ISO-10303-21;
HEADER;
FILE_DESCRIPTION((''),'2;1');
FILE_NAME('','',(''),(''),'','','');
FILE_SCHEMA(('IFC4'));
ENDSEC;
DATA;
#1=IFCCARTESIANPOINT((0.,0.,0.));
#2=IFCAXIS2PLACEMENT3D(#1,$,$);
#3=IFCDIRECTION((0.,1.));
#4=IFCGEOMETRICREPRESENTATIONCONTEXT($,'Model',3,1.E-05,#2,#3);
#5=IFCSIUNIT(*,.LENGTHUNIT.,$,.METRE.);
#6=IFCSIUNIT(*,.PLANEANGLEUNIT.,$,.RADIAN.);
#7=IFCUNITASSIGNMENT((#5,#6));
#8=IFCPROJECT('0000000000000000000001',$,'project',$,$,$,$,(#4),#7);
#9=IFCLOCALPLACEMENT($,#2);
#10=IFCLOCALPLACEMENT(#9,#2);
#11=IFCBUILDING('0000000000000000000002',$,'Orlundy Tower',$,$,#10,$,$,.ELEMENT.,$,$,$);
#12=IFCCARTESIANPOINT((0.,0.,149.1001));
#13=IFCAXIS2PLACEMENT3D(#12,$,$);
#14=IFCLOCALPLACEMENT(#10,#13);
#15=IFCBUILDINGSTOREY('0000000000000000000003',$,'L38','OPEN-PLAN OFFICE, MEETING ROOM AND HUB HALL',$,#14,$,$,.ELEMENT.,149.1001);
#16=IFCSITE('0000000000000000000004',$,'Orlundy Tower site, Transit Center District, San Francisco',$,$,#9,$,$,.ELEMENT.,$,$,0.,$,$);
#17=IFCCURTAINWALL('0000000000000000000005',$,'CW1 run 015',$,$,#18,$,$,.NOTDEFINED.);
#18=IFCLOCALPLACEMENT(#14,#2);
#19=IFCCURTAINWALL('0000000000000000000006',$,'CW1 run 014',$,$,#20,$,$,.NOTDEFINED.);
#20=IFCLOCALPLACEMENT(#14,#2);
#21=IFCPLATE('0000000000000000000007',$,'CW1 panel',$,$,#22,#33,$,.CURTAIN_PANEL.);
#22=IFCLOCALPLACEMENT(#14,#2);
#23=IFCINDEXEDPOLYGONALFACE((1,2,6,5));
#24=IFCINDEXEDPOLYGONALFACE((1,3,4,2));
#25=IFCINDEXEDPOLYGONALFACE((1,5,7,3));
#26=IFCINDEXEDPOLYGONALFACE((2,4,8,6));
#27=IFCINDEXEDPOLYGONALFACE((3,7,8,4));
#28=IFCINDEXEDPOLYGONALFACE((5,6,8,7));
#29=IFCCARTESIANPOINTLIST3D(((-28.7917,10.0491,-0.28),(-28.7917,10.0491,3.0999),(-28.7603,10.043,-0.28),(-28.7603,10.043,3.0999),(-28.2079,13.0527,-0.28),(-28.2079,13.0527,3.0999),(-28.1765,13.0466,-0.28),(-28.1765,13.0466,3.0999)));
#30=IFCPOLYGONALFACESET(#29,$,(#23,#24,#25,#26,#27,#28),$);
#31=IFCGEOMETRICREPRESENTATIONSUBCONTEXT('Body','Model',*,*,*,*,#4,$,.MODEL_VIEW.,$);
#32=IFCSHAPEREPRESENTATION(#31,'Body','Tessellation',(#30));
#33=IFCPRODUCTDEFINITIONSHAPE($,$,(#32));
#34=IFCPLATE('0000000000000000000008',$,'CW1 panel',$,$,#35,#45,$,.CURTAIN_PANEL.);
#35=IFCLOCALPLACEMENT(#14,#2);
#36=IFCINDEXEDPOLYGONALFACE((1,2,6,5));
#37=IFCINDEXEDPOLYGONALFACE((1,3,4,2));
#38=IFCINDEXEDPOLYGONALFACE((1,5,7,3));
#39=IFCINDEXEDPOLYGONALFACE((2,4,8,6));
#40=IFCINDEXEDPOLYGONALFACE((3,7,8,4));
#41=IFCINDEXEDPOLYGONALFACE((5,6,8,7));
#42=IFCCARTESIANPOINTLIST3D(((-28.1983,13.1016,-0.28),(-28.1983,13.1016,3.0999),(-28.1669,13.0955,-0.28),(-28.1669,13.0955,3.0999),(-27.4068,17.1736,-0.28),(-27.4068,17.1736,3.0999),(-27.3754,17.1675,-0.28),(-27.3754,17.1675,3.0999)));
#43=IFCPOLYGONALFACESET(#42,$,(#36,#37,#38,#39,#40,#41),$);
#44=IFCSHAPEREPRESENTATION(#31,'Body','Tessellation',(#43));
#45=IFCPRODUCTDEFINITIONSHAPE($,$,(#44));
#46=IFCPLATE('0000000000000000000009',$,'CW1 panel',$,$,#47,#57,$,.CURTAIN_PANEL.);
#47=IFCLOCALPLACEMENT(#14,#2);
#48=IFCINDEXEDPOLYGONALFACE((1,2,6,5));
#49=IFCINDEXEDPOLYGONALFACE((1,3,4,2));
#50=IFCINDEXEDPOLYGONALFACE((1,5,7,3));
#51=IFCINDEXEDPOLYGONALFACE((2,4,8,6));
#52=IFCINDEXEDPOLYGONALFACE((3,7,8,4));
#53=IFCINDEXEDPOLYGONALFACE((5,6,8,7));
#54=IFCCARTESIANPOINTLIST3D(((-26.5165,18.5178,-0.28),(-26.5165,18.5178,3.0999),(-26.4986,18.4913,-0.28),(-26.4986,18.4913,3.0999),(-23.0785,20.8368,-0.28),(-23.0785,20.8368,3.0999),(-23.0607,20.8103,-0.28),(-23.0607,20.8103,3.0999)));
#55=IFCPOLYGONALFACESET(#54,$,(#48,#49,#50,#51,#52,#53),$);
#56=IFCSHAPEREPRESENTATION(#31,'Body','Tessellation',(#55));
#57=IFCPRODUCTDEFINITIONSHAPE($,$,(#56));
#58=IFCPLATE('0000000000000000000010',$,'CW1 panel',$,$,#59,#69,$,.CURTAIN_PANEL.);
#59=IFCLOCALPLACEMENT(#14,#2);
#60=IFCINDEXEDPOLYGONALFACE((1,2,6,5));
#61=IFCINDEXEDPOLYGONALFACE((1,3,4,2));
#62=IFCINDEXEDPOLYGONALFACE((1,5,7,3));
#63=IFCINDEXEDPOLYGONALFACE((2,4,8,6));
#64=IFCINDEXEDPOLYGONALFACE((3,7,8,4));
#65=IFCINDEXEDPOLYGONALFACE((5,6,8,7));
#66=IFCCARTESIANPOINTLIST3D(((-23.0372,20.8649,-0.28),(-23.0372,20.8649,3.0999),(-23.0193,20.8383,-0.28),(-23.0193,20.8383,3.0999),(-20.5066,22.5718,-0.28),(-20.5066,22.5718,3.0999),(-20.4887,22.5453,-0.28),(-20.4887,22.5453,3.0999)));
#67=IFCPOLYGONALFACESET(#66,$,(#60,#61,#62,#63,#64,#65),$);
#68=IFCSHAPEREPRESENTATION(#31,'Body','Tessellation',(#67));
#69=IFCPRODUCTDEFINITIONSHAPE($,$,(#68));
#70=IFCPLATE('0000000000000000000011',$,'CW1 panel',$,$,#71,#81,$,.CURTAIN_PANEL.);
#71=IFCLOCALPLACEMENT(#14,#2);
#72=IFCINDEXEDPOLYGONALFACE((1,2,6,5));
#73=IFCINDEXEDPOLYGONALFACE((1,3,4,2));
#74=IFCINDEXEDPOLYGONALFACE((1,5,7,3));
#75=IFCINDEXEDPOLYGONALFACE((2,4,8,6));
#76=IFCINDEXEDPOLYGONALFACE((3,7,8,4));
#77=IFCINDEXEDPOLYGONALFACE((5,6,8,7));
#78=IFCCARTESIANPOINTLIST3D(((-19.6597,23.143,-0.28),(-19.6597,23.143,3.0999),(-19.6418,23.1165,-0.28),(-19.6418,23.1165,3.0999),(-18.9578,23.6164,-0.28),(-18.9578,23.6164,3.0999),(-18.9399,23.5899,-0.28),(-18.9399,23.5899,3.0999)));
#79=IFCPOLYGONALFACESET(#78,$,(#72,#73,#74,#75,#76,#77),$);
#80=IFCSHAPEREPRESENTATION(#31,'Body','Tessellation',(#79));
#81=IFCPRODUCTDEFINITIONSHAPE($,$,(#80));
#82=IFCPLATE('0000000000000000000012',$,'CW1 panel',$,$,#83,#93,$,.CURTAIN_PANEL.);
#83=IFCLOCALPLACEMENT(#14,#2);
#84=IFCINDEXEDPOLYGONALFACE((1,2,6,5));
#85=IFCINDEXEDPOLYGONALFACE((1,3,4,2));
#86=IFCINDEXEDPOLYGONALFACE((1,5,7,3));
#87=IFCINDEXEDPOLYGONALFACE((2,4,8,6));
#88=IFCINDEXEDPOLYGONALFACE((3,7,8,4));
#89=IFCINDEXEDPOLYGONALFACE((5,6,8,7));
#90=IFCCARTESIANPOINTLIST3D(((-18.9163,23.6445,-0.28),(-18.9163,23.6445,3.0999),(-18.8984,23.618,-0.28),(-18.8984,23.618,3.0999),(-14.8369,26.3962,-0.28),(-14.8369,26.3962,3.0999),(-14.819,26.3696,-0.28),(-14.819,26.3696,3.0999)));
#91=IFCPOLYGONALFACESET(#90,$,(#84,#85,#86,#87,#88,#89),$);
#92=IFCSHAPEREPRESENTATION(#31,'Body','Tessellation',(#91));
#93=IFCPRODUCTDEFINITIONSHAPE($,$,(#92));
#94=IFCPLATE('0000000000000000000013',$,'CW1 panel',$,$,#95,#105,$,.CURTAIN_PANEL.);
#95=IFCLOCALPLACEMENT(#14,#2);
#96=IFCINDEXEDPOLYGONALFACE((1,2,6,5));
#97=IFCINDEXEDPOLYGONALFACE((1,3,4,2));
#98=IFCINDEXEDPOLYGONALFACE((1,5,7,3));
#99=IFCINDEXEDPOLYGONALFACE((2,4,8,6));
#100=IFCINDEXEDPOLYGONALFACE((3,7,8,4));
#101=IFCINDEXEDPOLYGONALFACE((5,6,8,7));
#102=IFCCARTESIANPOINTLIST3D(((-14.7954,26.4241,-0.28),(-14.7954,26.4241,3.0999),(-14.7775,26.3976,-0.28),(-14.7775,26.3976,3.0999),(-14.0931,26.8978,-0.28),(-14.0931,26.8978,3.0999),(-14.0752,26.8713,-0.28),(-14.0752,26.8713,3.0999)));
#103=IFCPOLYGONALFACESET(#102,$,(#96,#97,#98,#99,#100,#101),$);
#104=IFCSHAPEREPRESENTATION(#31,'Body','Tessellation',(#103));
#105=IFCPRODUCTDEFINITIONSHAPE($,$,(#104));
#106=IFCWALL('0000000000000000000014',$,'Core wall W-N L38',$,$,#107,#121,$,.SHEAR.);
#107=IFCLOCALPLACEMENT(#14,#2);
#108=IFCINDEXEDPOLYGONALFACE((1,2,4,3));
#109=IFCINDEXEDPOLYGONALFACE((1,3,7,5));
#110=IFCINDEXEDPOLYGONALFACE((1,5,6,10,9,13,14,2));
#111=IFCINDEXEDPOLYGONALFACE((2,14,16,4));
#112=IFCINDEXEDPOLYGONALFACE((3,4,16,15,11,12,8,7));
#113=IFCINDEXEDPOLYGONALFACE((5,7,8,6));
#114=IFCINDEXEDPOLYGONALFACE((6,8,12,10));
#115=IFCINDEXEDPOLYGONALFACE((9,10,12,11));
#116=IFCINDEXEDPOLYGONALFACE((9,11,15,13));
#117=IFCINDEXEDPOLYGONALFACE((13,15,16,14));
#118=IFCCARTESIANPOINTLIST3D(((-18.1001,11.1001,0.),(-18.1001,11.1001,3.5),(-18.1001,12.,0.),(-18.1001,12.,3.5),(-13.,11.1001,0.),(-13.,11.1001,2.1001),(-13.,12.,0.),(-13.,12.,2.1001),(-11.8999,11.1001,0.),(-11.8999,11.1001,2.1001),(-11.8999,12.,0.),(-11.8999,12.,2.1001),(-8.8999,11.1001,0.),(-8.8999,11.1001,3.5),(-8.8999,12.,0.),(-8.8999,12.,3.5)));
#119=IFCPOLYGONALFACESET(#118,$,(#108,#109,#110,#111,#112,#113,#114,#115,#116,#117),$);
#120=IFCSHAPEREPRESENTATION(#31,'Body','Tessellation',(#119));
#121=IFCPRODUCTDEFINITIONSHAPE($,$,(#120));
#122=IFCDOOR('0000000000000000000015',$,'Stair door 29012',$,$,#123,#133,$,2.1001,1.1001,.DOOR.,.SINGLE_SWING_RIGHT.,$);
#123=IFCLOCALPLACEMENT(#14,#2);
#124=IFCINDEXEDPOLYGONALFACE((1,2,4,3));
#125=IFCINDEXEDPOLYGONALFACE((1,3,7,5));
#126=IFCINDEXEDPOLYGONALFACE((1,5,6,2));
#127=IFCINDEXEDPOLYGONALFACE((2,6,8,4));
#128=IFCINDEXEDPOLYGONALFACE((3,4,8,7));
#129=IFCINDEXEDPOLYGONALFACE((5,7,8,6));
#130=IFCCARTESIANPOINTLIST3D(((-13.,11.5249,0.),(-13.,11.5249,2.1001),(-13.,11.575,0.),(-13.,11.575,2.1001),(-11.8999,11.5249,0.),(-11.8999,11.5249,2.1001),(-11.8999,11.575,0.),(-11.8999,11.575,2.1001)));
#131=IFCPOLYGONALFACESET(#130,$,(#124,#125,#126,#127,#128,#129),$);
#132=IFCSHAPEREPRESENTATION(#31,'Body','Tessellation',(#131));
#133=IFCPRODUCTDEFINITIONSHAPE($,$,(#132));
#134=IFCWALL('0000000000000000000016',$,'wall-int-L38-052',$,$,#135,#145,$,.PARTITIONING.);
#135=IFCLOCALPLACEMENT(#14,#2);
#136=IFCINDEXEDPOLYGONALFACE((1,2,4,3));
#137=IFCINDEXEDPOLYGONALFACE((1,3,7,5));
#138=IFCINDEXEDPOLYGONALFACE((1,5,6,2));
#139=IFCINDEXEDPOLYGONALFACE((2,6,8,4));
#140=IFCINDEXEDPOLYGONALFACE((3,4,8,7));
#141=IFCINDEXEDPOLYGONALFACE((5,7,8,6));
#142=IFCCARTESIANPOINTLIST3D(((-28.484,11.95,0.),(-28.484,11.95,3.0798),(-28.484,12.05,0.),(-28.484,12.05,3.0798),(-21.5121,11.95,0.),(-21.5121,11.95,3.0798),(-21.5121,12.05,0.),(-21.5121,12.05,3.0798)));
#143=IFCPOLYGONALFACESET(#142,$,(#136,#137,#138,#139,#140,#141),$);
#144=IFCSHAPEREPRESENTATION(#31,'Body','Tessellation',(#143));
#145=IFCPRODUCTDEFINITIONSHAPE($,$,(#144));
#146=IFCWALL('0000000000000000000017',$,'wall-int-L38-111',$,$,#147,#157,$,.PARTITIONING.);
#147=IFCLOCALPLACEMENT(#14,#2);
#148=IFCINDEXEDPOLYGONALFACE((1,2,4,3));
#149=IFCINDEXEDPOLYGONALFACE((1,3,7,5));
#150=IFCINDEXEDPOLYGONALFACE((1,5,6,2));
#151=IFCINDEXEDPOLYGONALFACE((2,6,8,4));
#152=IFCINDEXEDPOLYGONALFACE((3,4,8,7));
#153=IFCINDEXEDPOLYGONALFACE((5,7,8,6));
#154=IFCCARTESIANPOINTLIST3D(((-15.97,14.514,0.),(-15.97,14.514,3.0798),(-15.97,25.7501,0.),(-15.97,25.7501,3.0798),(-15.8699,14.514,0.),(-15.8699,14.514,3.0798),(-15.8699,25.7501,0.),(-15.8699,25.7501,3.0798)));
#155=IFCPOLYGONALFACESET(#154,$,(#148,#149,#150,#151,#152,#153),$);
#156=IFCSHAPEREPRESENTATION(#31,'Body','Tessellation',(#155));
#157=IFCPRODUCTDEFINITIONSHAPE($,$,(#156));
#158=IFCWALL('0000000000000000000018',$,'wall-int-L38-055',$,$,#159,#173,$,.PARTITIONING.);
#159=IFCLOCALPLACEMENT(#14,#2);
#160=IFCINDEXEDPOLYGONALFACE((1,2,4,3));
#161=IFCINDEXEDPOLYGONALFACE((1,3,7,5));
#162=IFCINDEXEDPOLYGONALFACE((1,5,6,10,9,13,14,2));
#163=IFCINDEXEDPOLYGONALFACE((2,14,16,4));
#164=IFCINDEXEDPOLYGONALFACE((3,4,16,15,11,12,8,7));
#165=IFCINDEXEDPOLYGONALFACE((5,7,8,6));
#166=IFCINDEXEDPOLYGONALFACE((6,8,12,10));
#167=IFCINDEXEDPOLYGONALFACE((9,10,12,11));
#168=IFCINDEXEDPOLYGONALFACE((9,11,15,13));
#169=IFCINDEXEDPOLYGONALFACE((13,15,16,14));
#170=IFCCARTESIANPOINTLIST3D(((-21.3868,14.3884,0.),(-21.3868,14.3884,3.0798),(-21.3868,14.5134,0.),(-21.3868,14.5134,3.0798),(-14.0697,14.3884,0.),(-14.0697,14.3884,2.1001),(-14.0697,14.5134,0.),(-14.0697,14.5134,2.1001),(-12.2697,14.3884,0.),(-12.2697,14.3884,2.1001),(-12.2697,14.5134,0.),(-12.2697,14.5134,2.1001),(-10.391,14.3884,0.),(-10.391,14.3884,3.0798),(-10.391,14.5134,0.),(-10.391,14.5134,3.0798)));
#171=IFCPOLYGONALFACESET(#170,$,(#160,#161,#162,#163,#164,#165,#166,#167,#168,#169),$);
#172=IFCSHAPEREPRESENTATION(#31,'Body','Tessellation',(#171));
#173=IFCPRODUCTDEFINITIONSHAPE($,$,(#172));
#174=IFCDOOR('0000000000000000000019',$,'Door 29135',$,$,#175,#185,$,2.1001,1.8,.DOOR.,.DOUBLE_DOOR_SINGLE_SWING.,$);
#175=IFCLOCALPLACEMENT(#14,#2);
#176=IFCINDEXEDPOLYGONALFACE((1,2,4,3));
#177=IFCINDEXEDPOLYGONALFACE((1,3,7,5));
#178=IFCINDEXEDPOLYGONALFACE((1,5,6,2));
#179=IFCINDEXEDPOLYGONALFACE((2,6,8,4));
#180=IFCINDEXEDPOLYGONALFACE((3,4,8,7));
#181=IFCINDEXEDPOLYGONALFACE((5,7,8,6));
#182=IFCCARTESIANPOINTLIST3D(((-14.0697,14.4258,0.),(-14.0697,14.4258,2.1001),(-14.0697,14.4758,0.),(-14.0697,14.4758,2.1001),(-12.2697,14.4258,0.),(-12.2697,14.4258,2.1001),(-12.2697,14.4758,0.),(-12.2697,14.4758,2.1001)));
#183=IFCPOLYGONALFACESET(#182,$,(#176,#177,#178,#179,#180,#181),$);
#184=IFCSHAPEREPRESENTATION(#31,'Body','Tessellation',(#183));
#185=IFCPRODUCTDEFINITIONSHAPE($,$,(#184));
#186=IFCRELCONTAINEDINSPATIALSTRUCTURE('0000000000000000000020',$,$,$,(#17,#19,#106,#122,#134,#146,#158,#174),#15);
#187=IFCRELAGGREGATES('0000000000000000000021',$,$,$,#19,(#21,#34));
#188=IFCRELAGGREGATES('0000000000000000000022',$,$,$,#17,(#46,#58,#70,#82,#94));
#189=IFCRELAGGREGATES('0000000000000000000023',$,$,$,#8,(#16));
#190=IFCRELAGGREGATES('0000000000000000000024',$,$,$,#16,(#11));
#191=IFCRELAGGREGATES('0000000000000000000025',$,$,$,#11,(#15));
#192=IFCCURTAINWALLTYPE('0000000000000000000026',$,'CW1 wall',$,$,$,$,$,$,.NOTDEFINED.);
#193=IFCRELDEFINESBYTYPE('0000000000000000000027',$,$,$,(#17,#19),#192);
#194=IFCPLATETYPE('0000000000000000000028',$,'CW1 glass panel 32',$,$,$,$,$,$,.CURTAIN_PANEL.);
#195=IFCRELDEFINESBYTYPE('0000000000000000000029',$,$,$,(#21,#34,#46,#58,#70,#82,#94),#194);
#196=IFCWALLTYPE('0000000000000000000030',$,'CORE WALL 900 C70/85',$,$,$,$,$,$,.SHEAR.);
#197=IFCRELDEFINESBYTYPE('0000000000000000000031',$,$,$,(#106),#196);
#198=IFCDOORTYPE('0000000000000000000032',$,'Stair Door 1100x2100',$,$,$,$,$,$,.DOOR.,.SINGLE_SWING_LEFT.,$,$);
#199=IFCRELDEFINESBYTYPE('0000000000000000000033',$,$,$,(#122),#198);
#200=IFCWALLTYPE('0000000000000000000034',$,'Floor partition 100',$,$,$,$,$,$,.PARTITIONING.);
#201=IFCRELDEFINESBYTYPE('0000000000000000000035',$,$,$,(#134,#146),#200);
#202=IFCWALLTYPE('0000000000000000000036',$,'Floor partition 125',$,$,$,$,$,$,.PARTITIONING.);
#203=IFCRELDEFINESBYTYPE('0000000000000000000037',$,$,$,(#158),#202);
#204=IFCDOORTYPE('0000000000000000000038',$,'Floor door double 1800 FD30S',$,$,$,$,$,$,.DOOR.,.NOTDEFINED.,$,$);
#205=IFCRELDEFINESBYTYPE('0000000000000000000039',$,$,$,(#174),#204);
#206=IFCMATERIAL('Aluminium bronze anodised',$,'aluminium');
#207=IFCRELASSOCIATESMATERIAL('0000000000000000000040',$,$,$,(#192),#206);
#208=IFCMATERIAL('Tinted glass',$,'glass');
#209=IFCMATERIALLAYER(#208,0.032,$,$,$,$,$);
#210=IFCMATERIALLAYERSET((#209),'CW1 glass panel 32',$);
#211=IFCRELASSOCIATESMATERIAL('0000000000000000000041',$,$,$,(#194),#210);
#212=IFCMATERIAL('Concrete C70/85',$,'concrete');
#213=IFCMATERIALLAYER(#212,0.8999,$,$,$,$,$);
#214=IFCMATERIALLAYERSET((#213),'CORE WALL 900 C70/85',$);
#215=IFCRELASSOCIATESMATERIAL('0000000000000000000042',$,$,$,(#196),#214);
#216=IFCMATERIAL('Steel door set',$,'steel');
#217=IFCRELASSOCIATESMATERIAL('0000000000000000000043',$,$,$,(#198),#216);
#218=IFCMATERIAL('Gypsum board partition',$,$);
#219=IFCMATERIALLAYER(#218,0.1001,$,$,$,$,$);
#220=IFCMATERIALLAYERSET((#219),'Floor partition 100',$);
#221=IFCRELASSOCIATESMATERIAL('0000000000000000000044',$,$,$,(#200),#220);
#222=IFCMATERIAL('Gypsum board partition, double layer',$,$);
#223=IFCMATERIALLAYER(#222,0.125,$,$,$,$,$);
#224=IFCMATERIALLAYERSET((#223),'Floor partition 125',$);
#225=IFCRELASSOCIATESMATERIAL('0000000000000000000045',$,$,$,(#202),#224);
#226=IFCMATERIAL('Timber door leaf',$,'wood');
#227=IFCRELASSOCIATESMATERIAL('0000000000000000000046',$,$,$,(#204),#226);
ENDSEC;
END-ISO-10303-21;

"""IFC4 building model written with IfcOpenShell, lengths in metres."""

from ifc_helpers import new_model, si_unit, direction, frame, frame_2d, origin, origin_2d, place, context, subcontext, project, spatial, rectangle, extrude, material, layer, layer_set, type_object, element, fill, aggregate, save


model = new_model("IFC4")

# Units and contexts
model_context = context("Model", 3, precision=1e-05, world=origin(), true_north=direction((0.0, 1.0)))
body_context = subcontext(model_context, "Body", "Model", "MODEL_VIEW")
ifc_project = project(units=[si_unit("LENGTHUNIT", "METRE"), si_unit("PLANEANGLEUNIT", "RADIAN")], contexts=[model_context])

# Site, building, storey
site_placement = place(None, origin())
site = spatial("IfcSite", under=ifc_project, at=site_placement, Name="Orlundy Tower site, Transit Center District, San Francisco", CompositionType="ELEMENT", RefElevation=0.0)
building_placement = place(site_placement, origin())
building = spatial("IfcBuilding", under=site, at=building_placement, Name="Orlundy Tower", CompositionType="ELEMENT")
storey_placement = place(building_placement, frame((0.0, 0.0, 149.1001)))
storey = spatial("IfcBuildingStorey", under=building, at=storey_placement, Name="L38", Description="OPEN-PLAN OFFICE, MEETING ROOM AND HUB HALL", CompositionType="ELEMENT", Elevation=149.1001)

# Curtain wall
ifc_material_1 = material(Name="Aluminium bronze anodised", Category="aluminium")
curtain_wall_type = type_object("IfcCurtainWallType", Name="CW1 wall", PredefinedType="NOTDEFINED", material=ifc_material_1)
curtain_wall_1_placement = place(storey_placement, origin())
curtain_wall_1 = element("IfcCurtainWall", 1, at=curtain_wall_1_placement, inside=storey, type_object=curtain_wall_type, Name="CW1 run 015", PredefinedType="NOTDEFINED")

# Curtain wall
curtain_wall_2_placement = place(storey_placement, origin())
curtain_wall_2 = element("IfcCurtainWall", 2, at=curtain_wall_2_placement, inside=storey, type_object=curtain_wall_type, Name="CW1 run 014", PredefinedType="NOTDEFINED")

# Plates
ifc_material_2 = material(Name="Tinted glass", Category="glass")
ifc_layer_1 = layer(ifc_material_2, 0.032)
ifc_layer_set_1 = layer_set([ifc_layer_1], Name="CW1 glass panel 32")
plate_type = type_object("IfcPlateType", Name="CW1 glass panel 32", PredefinedType="CURTAIN_PANEL", material=ifc_layer_set_1)
plate_1_placement = place(storey_placement, frame((-28.4841, 11.5479, -0.28), z_axis=(0.0, 0.0, 1.0), x_axis=(0.190805, 0.981628, 0.0)))
plate_1 = element("IfcPlate", 3, at=plate_1_placement, type_object=plate_type, Name="CW1 panel", PredefinedType="CURTAIN_PANEL", context=body_context, shape_type="SweptSolid", body=[
    extrude(rectangle(XDim=3.0598, YDim=0.032, at=origin_2d()), origin(), (0.0, 0.0, 1.0), 3.3799),
])
plate_2_placement = place(storey_placement, frame((-27.7869, 15.1345, -0.28), z_axis=(0.0, 0.0, 1.0), x_axis=(0.190805, 0.981628, 0.0)))
plate_2 = element("IfcPlate", 4, at=plate_2_placement, type_object=plate_type, Name="CW1 panel", PredefinedType="CURTAIN_PANEL", context=body_context, shape_type="SweptSolid", body=[
    extrude(rectangle(XDim=4.1482, YDim=0.032, at=origin_2d()), origin(), (0.0, 0.0, 1.0), 3.3799),
])
aggregate(curtain_wall_2, [plate_1, plate_2])
plate_3_placement = place(storey_placement, frame((-24.7886, 19.6641, -0.28), z_axis=(0.0, 0.0, 1.0), x_axis=(0.82903, 0.559205, 0.0)))
plate_3 = element("IfcPlate", 5, at=plate_3_placement, type_object=plate_type, Name="CW1 panel", PredefinedType="CURTAIN_PANEL", context=body_context, shape_type="SweptSolid", body=[
    extrude(rectangle(XDim=4.147, YDim=0.032, at=origin_2d()), origin(), (0.0, 0.0, 1.0), 3.3799),
])
plate_4_placement = place(storey_placement, frame((-21.7629, 21.7051, -0.28), z_axis=(0.0, 0.0, 1.0), x_axis=(0.82903, 0.559205, 0.0)))
plate_4 = element("IfcPlate", 6, at=plate_4_placement, type_object=plate_type, Name="CW1 panel", PredefinedType="CURTAIN_PANEL", context=body_context, shape_type="SweptSolid", body=[
    extrude(rectangle(XDim=3.0525, YDim=0.032, at=origin_2d()), origin(), (0.0, 0.0, 1.0), 3.3799),
])
plate_5_placement = place(storey_placement, frame((-19.2998, 23.3665, -0.28), z_axis=(0.0, 0.0, 1.0), x_axis=(0.82903, 0.559205, 0.0)))
plate_5 = element("IfcPlate", 7, at=plate_5_placement, type_object=plate_type, Name="CW1 panel", PredefinedType="CURTAIN_PANEL", context=body_context, shape_type="SweptSolid", body=[
    extrude(rectangle(XDim=0.8467, YDim=0.032, at=origin_2d()), origin(), (0.0, 0.0, 1.0), 3.3799),
])
plate_6_placement = place(storey_placement, frame((-16.8677, 25.0071, -0.28), z_axis=(0.0, 0.0, 1.0), x_axis=(0.82903, 0.559205, 0.0)))
plate_6 = element("IfcPlate", 8, at=plate_6_placement, type_object=plate_type, Name="CW1 panel", PredefinedType="CURTAIN_PANEL", context=body_context, shape_type="SweptSolid", body=[
    extrude(rectangle(XDim=4.9207, YDim=0.032, at=origin_2d()), origin(), (0.0, 0.0, 1.0), 3.3799),
])
plate_7_placement = place(storey_placement, frame((-14.4353, 26.6477, -0.28), z_axis=(0.0, 0.0, 1.0), x_axis=(0.82903, 0.559205, 0.0)))
plate_7 = element("IfcPlate", 9, at=plate_7_placement, type_object=plate_type, Name="CW1 panel", PredefinedType="CURTAIN_PANEL", context=body_context, shape_type="SweptSolid", body=[
    extrude(rectangle(XDim=0.8472, YDim=0.032, at=origin_2d()), origin(), (0.0, 0.0, 1.0), 3.3799),
])
aggregate(curtain_wall_1, [plate_3, plate_4, plate_5, plate_6, plate_7])

# Wall, opening, door
ifc_material_3 = material(Name="Concrete C70/85", Category="concrete")
ifc_layer_2 = layer(ifc_material_3, 0.8999)
ifc_layer_set_2 = layer_set([ifc_layer_2], Name="CORE WALL 900 C70/85")
wall_type_1 = type_object("IfcWallType", Name="CORE WALL 900 C70/85", PredefinedType="SHEAR", material=ifc_layer_set_2)
wall_1_placement = place(storey_placement, frame((-18.1001, 11.55, 0.0), z_axis=(0.0, 0.0, 1.0), x_axis=(1.0, 0.0, 0.0)))
wall_1 = element("IfcWall", 10, at=wall_1_placement, inside=storey, type_object=wall_type_1, Name="Core wall W-N L38", PredefinedType="SHEAR", context=body_context, shape_type="SweptSolid", body=[
    extrude(rectangle(XDim=9.2002, YDim=0.8999, at=frame_2d((4.6001, 0.0))), origin(), (0.0, 0.0, 1.0), 3.5),
])
opening_1_placement = place(wall_1_placement, frame((5.1001, 0.0, 0.0)))
opening_1 = element("IfcOpeningElement", 11, at=opening_1_placement, cuts=wall_1, PredefinedType="OPENING", context=body_context, shape_type="SweptSolid", body=[
    extrude(rectangle(XDim=1.1001, YDim=2.1001, at=frame_2d((0.55, 1.05))), frame((0.0, 0.46, 0.0), z_axis=(0.0, -1.0, 0.0), x_axis=(1.0, 0.0, 0.0)), (0.0, 0.0, 1.0), 0.9199),
])
ifc_material_4 = material(Name="Steel door set", Category="steel")
door_type_1 = type_object("IfcDoorType", Name="Stair Door 1100x2100", OperationType="SINGLE_SWING_LEFT", PredefinedType="DOOR", material=ifc_material_4)
door_1_placement = place(opening_1_placement, origin())
door_1 = element("IfcDoor", 12, at=door_1_placement, inside=storey, type_object=door_type_1, Name="Stair door 29012", OperationType="SINGLE_SWING_RIGHT", OverallHeight=2.1001, OverallWidth=1.1001, PredefinedType="DOOR", context=body_context, shape_type="SweptSolid", body=[
    extrude(rectangle(XDim=1.1001, YDim=2.1001, at=frame_2d((0.55, 1.05))), frame((0.0, 0.0249, 0.0), z_axis=(0.0, -1.0, 0.0), x_axis=(1.0, 0.0, 0.0)), (0.0, 0.0, 1.0), 0.05),
])
fill(opening_1, door_1)

# Walls
ifc_material_5 = material(Name="Gypsum board partition")
ifc_layer_3 = layer(ifc_material_5, 0.1001)
ifc_layer_set_3 = layer_set([ifc_layer_3], Name="Floor partition 100")
wall_type_2 = type_object("IfcWallType", Name="Floor partition 100", PredefinedType="PARTITIONING", material=ifc_layer_set_3)
wall_2_placement = place(storey_placement, frame((-28.4839, 12.0, 0.0), z_axis=(0.0, 0.0, 1.0), x_axis=(1.0, 0.0, 0.0)))
element("IfcWall", 13, at=wall_2_placement, inside=storey, type_object=wall_type_2, Name="wall-int-L38-052", PredefinedType="PARTITIONING", context=body_context, shape_type="SweptSolid", body=[
    extrude(rectangle(XDim=6.9719, YDim=0.1001, at=frame_2d((3.4858, 0.0))), origin(), (0.0, 0.0, 1.0), 3.0798),
])
wall_3_placement = place(storey_placement, frame((-15.9199, 14.5139, 0.0), z_axis=(0.0, 0.0, 1.0), x_axis=(0.0, 1.0, 0.0)))
element("IfcWall", 14, at=wall_3_placement, inside=storey, type_object=wall_type_2, Name="wall-int-L38-111", PredefinedType="PARTITIONING", context=body_context, shape_type="SweptSolid", body=[
    extrude(rectangle(XDim=11.2361, YDim=0.1001, at=frame_2d((5.6182, 0.0))), origin(), (0.0, 0.0, 1.0), 3.0798),
])

# Wall, opening, door
ifc_material_6 = material(Name="Gypsum board partition, double layer")
ifc_layer_4 = layer(ifc_material_6, 0.125)
ifc_layer_set_4 = layer_set([ifc_layer_4], Name="Floor partition 125")
wall_type_3 = type_object("IfcWallType", Name="Floor partition 125", PredefinedType="PARTITIONING", material=ifc_layer_set_4)
wall_4_placement = place(storey_placement, frame((-21.387, 14.4509, 0.0), z_axis=(0.0, 0.0, 1.0), x_axis=(1.0, 0.0, 0.0)))
wall_4 = element("IfcWall", 15, at=wall_4_placement, inside=storey, type_object=wall_type_3, Name="wall-int-L38-055", PredefinedType="PARTITIONING", context=body_context, shape_type="SweptSolid", body=[
    extrude(rectangle(XDim=10.9958, YDim=0.125, at=frame_2d((5.498, 0.0))), origin(), (0.0, 0.0, 1.0), 3.0798),
])
opening_2_placement = place(wall_4_placement, frame((7.3174, 0.0, 0.0)))
opening_2 = element("IfcOpeningElement", 16, at=opening_2_placement, cuts=wall_4, PredefinedType="OPENING", context=body_context, shape_type="SweptSolid", body=[
    extrude(rectangle(XDim=1.8, YDim=2.1001, at=frame_2d((0.8999, 1.05))), frame((0.0, 0.0725, 0.0), z_axis=(0.0, -1.0, 0.0), x_axis=(1.0, 0.0, 0.0)), (0.0, 0.0, 1.0), 0.145),
])
ifc_material_7 = material(Name="Timber door leaf", Category="wood")
door_type_2 = type_object("IfcDoorType", Name="Floor door double 1800 FD30S", OperationType="NOTDEFINED", PredefinedType="DOOR", material=ifc_material_7)
door_2_placement = place(opening_2_placement, origin())
door_2 = element("IfcDoor", 17, at=door_2_placement, inside=storey, type_object=door_type_2, Name="Door 29135", OperationType="DOUBLE_DOOR_SINGLE_SWING", OverallHeight=2.1001, OverallWidth=1.8, PredefinedType="DOOR", context=body_context, shape_type="SweptSolid", body=[
    extrude(rectangle(XDim=1.8, YDim=2.1001, at=frame_2d((0.8999, 1.05))), frame((0.0, 0.0249, 0.0), z_axis=(0.0, -1.0, 0.0), x_axis=(1.0, 0.0, 0.0)), (0.0, 0.0, 1.0), 0.05),
])
fill(opening_2, door_2)

save(model, "model.ifc")
